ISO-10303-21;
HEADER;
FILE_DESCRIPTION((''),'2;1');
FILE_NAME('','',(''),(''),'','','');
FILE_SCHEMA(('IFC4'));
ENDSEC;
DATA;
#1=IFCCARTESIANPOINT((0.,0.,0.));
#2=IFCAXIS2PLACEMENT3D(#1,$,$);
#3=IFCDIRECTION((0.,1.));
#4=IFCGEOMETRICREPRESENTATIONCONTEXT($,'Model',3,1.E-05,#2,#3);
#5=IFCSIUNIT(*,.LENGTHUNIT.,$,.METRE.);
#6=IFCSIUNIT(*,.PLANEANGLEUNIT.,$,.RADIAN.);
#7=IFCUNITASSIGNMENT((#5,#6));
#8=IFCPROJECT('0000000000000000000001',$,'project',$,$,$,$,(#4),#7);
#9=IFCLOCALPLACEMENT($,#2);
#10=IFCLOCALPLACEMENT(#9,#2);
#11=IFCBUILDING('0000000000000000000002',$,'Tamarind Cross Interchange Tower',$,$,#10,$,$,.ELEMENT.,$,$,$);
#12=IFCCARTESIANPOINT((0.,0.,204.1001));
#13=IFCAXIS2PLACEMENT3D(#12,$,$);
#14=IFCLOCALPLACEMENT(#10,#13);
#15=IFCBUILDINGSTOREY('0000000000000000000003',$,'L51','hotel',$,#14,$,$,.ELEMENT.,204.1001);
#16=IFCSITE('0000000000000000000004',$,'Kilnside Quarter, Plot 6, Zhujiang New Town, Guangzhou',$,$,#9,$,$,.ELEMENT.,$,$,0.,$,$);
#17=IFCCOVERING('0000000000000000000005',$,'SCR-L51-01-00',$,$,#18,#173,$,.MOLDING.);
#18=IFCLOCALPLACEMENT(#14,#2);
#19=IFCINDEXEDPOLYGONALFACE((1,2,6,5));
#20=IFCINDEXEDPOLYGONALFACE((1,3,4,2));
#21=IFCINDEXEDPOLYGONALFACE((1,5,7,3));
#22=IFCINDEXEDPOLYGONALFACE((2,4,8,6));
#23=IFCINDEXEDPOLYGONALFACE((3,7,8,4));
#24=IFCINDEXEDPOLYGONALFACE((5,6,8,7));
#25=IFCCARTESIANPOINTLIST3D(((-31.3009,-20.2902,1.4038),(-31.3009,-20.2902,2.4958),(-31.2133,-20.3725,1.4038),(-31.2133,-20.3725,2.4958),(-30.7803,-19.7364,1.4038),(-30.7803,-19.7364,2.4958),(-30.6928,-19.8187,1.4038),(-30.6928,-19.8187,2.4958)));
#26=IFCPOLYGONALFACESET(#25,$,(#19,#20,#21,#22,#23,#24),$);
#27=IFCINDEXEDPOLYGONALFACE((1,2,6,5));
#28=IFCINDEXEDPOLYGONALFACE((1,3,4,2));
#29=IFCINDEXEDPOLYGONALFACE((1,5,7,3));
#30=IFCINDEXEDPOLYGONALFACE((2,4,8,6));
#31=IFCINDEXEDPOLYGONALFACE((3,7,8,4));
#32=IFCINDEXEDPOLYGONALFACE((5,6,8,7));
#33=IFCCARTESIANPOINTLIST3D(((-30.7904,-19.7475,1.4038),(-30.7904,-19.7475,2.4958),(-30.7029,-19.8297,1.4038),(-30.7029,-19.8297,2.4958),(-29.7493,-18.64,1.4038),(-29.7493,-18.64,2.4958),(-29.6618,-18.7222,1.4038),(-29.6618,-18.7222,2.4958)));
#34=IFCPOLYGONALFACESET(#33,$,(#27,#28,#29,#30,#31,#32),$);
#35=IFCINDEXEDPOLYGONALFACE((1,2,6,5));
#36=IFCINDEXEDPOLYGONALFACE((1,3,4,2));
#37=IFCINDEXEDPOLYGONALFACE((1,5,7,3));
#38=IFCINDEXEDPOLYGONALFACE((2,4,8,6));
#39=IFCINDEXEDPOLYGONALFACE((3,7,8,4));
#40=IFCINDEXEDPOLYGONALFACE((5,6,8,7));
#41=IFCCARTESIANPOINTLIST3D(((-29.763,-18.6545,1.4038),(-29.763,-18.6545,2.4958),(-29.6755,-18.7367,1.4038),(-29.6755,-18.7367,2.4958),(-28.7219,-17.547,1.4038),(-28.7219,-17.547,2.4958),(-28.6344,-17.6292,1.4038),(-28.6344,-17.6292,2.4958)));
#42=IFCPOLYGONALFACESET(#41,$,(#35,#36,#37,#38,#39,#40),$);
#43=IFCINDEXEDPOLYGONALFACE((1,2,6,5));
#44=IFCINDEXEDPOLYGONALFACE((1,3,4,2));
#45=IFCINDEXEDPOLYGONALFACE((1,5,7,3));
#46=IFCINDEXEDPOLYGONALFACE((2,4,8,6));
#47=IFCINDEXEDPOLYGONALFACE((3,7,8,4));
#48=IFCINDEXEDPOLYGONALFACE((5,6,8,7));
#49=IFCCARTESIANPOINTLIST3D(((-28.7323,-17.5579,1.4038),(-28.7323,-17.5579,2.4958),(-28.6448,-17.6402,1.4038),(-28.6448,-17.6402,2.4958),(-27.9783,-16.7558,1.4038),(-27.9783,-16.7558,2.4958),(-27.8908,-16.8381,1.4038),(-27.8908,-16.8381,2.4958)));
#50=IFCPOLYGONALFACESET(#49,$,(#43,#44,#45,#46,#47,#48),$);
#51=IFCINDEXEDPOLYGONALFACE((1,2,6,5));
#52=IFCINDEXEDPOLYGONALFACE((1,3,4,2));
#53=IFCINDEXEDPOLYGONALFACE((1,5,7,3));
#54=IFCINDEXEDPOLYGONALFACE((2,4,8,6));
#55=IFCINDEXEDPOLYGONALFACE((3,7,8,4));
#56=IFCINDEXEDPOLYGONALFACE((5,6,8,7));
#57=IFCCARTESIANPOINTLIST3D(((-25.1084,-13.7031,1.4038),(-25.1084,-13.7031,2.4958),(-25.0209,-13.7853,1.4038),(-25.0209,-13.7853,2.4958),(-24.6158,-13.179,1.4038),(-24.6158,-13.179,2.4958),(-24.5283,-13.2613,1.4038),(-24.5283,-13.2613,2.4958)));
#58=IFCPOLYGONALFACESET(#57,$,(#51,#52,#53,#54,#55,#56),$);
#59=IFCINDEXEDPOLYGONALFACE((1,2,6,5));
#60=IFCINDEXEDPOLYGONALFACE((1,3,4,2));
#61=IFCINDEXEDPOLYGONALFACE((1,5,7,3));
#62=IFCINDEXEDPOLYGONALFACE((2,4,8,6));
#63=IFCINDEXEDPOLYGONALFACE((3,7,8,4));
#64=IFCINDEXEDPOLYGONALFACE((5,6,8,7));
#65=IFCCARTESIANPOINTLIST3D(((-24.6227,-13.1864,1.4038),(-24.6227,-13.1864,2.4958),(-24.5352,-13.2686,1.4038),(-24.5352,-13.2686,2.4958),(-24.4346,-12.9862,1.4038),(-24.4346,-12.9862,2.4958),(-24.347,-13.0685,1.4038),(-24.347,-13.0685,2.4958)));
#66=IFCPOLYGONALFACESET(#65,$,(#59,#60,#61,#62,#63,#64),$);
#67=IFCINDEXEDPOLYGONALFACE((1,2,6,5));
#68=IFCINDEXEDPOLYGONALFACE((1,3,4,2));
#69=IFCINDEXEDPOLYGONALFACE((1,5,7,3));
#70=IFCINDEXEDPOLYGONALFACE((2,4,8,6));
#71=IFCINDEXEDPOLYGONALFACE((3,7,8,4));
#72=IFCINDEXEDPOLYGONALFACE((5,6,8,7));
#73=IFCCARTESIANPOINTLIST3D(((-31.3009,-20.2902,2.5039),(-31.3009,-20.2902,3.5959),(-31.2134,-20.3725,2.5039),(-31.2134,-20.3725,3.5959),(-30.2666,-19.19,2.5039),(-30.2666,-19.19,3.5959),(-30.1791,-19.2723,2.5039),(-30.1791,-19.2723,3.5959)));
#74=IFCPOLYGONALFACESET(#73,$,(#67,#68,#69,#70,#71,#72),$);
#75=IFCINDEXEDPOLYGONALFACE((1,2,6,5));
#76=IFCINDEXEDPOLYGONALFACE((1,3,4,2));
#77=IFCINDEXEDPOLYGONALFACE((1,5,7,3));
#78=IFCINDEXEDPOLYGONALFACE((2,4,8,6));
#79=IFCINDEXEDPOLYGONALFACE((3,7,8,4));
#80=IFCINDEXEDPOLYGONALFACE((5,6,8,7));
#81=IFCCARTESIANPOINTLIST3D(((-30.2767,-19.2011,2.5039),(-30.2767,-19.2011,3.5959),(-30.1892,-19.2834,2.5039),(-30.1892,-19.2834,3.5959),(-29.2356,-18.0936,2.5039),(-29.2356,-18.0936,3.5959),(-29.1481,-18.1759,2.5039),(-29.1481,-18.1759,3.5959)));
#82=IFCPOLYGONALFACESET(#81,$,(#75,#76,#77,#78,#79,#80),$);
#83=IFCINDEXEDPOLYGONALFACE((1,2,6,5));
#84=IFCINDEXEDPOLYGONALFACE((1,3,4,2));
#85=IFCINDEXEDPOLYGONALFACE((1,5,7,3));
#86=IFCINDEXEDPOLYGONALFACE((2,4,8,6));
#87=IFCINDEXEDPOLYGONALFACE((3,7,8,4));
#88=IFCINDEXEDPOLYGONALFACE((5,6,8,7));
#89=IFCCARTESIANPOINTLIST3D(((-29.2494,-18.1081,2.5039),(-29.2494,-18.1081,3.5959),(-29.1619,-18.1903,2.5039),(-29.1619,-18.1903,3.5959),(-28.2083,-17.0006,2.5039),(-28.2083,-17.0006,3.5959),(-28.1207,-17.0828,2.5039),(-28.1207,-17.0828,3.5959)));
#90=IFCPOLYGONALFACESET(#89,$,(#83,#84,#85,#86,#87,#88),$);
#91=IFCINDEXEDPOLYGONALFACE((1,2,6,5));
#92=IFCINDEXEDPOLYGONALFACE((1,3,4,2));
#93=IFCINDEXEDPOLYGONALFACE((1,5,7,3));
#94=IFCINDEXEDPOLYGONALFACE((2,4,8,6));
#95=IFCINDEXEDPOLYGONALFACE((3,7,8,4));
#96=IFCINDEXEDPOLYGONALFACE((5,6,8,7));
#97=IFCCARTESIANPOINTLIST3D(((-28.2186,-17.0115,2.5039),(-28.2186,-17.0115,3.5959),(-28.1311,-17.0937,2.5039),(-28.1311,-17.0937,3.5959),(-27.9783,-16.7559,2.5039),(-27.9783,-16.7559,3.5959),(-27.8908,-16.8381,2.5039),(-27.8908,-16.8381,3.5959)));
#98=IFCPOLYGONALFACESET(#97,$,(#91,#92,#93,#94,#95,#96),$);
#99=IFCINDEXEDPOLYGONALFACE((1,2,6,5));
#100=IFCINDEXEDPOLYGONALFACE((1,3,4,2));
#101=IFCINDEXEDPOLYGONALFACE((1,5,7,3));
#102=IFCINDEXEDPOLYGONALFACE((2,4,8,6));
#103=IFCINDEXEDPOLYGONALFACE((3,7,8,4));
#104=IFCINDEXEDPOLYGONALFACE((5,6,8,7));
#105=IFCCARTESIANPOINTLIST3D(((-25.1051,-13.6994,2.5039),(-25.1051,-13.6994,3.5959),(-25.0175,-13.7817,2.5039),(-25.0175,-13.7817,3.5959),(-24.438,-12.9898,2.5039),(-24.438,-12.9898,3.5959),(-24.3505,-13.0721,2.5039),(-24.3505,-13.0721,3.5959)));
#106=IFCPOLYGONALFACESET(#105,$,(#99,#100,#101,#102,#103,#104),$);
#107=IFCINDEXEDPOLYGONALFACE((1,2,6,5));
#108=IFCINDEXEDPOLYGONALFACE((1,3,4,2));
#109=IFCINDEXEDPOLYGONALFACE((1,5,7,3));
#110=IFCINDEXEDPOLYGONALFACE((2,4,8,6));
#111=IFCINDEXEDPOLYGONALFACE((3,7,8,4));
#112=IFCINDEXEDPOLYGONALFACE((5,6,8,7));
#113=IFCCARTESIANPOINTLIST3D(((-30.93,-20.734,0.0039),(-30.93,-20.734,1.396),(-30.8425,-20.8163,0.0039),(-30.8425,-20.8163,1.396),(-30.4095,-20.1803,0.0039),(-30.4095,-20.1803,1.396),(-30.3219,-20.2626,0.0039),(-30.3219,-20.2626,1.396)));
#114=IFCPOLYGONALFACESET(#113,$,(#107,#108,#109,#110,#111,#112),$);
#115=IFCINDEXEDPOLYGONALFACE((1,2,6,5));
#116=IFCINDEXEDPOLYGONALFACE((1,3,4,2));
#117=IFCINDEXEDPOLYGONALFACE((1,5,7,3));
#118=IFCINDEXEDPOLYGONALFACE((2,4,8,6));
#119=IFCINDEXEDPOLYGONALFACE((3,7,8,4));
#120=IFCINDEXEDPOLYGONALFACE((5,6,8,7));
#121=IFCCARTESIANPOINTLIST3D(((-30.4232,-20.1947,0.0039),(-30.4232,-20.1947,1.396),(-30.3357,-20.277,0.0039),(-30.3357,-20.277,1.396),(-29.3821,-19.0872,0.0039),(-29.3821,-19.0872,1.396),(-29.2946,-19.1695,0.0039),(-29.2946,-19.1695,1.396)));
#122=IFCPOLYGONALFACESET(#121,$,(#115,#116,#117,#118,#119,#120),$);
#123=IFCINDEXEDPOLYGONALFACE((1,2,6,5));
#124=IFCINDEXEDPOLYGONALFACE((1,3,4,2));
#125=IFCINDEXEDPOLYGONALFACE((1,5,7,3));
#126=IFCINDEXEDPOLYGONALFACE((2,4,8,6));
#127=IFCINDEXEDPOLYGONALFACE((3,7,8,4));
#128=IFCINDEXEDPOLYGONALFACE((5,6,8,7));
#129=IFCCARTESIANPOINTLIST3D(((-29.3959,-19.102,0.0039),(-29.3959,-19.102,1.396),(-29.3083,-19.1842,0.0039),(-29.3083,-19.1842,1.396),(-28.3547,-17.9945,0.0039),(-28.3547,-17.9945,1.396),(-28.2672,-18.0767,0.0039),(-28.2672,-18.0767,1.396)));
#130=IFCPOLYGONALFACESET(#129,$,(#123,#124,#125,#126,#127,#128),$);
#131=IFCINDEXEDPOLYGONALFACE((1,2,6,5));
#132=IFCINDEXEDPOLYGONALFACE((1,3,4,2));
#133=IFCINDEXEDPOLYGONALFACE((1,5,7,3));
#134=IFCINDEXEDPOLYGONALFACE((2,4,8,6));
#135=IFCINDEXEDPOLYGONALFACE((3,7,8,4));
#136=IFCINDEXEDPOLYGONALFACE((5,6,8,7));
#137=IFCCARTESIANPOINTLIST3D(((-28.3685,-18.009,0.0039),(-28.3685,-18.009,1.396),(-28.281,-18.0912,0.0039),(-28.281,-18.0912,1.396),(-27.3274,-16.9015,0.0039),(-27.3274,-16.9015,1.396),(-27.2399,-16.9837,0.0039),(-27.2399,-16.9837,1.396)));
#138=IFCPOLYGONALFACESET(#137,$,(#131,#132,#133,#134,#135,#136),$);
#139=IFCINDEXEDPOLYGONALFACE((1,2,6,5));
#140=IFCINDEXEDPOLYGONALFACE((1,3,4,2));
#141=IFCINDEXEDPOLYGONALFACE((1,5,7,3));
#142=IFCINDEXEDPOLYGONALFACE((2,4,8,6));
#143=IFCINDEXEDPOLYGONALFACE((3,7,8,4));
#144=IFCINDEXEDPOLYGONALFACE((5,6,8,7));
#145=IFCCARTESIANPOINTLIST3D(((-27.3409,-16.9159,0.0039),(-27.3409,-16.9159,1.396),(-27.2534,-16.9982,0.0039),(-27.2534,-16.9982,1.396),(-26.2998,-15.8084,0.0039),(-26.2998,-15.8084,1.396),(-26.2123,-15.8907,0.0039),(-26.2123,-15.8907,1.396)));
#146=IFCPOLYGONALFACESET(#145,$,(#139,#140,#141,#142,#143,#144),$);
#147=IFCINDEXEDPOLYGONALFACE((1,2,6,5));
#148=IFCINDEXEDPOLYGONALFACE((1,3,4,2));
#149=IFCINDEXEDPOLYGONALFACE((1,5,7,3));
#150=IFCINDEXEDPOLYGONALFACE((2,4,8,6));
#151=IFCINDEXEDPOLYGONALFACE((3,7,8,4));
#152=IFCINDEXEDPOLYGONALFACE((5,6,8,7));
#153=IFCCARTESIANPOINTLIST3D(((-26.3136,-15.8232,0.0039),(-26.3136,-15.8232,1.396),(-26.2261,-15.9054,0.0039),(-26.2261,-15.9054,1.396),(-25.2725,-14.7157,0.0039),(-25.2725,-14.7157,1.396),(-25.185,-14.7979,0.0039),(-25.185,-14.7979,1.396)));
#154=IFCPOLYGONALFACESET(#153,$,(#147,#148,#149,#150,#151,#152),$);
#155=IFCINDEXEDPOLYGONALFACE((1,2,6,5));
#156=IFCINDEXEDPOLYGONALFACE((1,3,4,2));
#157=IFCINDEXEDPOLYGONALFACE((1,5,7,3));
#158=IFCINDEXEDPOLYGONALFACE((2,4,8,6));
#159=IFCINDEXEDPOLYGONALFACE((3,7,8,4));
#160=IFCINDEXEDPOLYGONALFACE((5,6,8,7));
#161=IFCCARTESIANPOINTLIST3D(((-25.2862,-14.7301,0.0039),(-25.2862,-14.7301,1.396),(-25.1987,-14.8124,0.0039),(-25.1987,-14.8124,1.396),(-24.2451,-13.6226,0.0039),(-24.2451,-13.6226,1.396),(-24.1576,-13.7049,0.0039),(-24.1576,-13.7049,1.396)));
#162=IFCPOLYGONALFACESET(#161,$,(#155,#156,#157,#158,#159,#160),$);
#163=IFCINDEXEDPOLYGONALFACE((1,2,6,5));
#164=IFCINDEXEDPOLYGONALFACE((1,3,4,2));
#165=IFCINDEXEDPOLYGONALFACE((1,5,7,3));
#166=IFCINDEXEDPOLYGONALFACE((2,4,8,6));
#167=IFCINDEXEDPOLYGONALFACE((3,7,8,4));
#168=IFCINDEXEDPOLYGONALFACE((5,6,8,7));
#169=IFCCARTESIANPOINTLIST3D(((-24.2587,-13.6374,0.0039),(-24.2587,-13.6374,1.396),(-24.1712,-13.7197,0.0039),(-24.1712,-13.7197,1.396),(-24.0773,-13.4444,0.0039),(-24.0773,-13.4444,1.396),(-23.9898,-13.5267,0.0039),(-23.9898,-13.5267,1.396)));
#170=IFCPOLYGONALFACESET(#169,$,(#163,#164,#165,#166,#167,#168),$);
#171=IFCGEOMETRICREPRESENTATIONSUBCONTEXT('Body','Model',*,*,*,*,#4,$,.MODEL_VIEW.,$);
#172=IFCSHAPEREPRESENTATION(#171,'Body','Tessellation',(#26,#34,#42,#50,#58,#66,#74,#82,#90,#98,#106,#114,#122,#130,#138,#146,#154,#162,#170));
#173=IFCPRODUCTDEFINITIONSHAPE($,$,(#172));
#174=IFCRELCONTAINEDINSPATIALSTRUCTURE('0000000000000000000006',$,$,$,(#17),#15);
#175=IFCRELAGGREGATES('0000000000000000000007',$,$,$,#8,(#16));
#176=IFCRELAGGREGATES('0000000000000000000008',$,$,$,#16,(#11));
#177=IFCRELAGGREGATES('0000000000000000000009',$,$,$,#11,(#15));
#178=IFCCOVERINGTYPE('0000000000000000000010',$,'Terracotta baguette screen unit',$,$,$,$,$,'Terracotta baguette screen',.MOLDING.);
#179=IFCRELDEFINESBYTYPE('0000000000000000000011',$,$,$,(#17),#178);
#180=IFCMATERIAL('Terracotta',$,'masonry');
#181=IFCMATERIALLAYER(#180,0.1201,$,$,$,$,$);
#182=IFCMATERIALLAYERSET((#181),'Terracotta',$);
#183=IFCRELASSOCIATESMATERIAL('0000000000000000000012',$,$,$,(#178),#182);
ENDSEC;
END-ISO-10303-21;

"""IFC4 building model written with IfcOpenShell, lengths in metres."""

from ifc_helpers import new_model, si_unit, direction, frame, origin, origin_2d, place, context, subcontext, project, spatial, rectangle, extrude, material, layer, layer_set, type_object, element, save


model = new_model("IFC4")

# Units and contexts
model_context = context("Model", 3, precision=1e-05, world=origin(), true_north=direction((0.0, 1.0)))
body_context = subcontext(model_context, "Body", "Model", "MODEL_VIEW")
ifc_project = project(units=[si_unit("LENGTHUNIT", "METRE"), si_unit("PLANEANGLEUNIT", "RADIAN")], contexts=[model_context])

# Site, building, storey
site_placement = place(None, origin())
site = spatial("IfcSite", under=ifc_project, at=site_placement, Name="Kilnside Quarter, Plot 6, Zhujiang New Town, Guangzhou", CompositionType="ELEMENT", RefElevation=0.0)
building_placement = place(site_placement, origin())
building = spatial("IfcBuilding", under=site, at=building_placement, Name="Tamarind Cross Interchange Tower", CompositionType="ELEMENT")
storey_placement = place(building_placement, frame((0.0, 0.0, 204.1001)))
storey = spatial("IfcBuildingStorey", under=building, at=storey_placement, Name="L51", Description="hotel", CompositionType="ELEMENT", Elevation=204.1001)

# Covering
ifc_material_1 = material(Name="Terracotta", Category="masonry")
ifc_layer_1 = layer(ifc_material_1, 0.1201)
ifc_layer_set_1 = layer_set([ifc_layer_1], Name="Terracotta")
covering_type = type_object("IfcCoveringType", Name="Terracotta baguette screen unit", ElementType="Terracotta baguette screen", PredefinedType="MOLDING", material=ifc_layer_set_1)
covering_1_placement = place(storey_placement, origin())
element("IfcCovering", 1, at=covering_1_placement, inside=storey, type_object=covering_type, Name="SCR-L51-01-00", PredefinedType="MOLDING", context=body_context, shape_type="SweptSolid", body=[
    extrude(rectangle(XDim=0.76, YDim=0.1201, at=origin_2d()), frame((-30.9968, -20.0544, 1.4038), z_axis=(0.0, 0.0, 1.0), x_axis=(0.68493, 0.728609, 0.0)), (0.0, 0.0, 1.0), 1.092),
    extrude(rectangle(XDim=1.52, YDim=0.1201, at=origin_2d()), frame((-30.2261, -19.2349, 1.4038), z_axis=(0.0, 0.0, 1.0), x_axis=(0.68493, 0.728609, 0.0)), (0.0, 0.0, 1.0), 1.092),
    extrude(rectangle(XDim=1.52, YDim=0.1201, at=origin_2d()), frame((-29.1987, -18.1418, 1.4038), z_axis=(0.0, 0.0, 1.0), x_axis=(0.68493, 0.728609, 0.0)), (0.0, 0.0, 1.0), 1.092),
    extrude(rectangle(XDim=1.1008, YDim=0.1201, at=origin_2d()), frame((-28.3115, -17.198, 1.4038), z_axis=(0.0, 0.0, 1.0), x_axis=(0.68493, 0.728609, 0.0)), (0.0, 0.0, 1.0), 1.092),
    extrude(rectangle(XDim=0.7192, YDim=0.1201, at=origin_2d()), frame((-24.8184, -13.4822, 1.4038), z_axis=(0.0, 0.0, 1.0), x_axis=(0.68493, 0.728609, 0.0)), (0.0, 0.0, 1.0), 1.092),
    extrude(rectangle(XDim=0.2747, YDim=0.1201, at=origin_2d()), frame((-24.4849, -13.1274, 1.4038), z_axis=(0.0, 0.0, 1.0), x_axis=(0.68493, 0.728609, 0.0)), (0.0, 0.0, 1.0), 1.092),
    extrude(rectangle(XDim=1.51, YDim=0.1201, at=origin_2d()), frame((-30.74, -19.7812, 2.5039), z_axis=(0.0, 0.0, 1.0), x_axis=(0.68493, 0.728609, 0.0)), (0.0, 0.0, 1.0), 1.092),
    extrude(rectangle(XDim=1.52, YDim=0.1201, at=origin_2d()), frame((-29.7124, -18.6885, 2.5039), z_axis=(0.0, 0.0, 1.0), x_axis=(0.68493, 0.728609, 0.0)), (0.0, 0.0, 1.0), 1.092),
    extrude(rectangle(XDim=1.52, YDim=0.1201, at=origin_2d()), frame((-28.6851, -17.5955, 2.5039), z_axis=(0.0, 0.0, 1.0), x_axis=(0.68493, 0.728609, 0.0)), (0.0, 0.0, 1.0), 1.092),
    extrude(rectangle(XDim=0.3508, YDim=0.1201, at=origin_2d()), frame((-28.0547, -16.9248, 2.5039), z_axis=(0.0, 0.0, 1.0), x_axis=(0.68493, 0.728609, 0.0)), (0.0, 0.0, 1.0), 1.092),
    extrude(rectangle(XDim=0.9739, YDim=0.1201, at=origin_2d()), frame((-24.7278, -13.3857, 2.5039), z_axis=(0.0, 0.0, 1.0), x_axis=(0.68493, 0.728609, 0.0)), (0.0, 0.0, 1.0), 1.092),
    extrude(rectangle(XDim=0.76, YDim=0.1201, at=origin_2d()), frame((-30.626, -20.4983, 0.0039), z_axis=(0.0, 0.0, 1.0), x_axis=(0.68493, 0.728609, 0.0)), (0.0, 0.0, 1.0), 1.3921),
    extrude(rectangle(XDim=1.52, YDim=0.1201, at=origin_2d()), frame((-29.8589, -19.6821, 0.0039), z_axis=(0.0, 0.0, 1.0), x_axis=(0.68493, 0.728609, 0.0)), (0.0, 0.0, 1.0), 1.3921),
    extrude(rectangle(XDim=1.52, YDim=0.1201, at=origin_2d()), frame((-28.8315, -18.5894, 0.0039), z_axis=(0.0, 0.0, 1.0), x_axis=(0.68493, 0.728609, 0.0)), (0.0, 0.0, 1.0), 1.3921),
    extrude(rectangle(XDim=1.52, YDim=0.1201, at=origin_2d()), frame((-27.8042, -17.4963, 0.0039), z_axis=(0.0, 0.0, 1.0), x_axis=(0.68493, 0.728609, 0.0)), (0.0, 0.0, 1.0), 1.3921),
    extrude(rectangle(XDim=1.52, YDim=0.1201, at=origin_2d()), frame((-26.7766, -16.4033, 0.0039), z_axis=(0.0, 0.0, 1.0), x_axis=(0.68493, 0.728609, 0.0)), (0.0, 0.0, 1.0), 1.3921),
    extrude(rectangle(XDim=1.52, YDim=0.1201, at=origin_2d()), frame((-25.7493, -15.3105, 0.0039), z_axis=(0.0, 0.0, 1.0), x_axis=(0.68493, 0.728609, 0.0)), (0.0, 0.0, 1.0), 1.3921),
    extrude(rectangle(XDim=1.52, YDim=0.1201, at=origin_2d()), frame((-24.7219, -14.2175, 0.0039), z_axis=(0.0, 0.0, 1.0), x_axis=(0.68493, 0.728609, 0.0)), (0.0, 0.0, 1.0), 1.3921),
    extrude(rectangle(XDim=0.2649, YDim=0.1201, at=origin_2d()), frame((-24.1243, -13.582, 0.0039), z_axis=(0.0, 0.0, 1.0), x_axis=(0.68493, 0.728609, 0.0)), (0.0, 0.0, 1.0), 1.3921),
])

save(model, "model.ifc")
